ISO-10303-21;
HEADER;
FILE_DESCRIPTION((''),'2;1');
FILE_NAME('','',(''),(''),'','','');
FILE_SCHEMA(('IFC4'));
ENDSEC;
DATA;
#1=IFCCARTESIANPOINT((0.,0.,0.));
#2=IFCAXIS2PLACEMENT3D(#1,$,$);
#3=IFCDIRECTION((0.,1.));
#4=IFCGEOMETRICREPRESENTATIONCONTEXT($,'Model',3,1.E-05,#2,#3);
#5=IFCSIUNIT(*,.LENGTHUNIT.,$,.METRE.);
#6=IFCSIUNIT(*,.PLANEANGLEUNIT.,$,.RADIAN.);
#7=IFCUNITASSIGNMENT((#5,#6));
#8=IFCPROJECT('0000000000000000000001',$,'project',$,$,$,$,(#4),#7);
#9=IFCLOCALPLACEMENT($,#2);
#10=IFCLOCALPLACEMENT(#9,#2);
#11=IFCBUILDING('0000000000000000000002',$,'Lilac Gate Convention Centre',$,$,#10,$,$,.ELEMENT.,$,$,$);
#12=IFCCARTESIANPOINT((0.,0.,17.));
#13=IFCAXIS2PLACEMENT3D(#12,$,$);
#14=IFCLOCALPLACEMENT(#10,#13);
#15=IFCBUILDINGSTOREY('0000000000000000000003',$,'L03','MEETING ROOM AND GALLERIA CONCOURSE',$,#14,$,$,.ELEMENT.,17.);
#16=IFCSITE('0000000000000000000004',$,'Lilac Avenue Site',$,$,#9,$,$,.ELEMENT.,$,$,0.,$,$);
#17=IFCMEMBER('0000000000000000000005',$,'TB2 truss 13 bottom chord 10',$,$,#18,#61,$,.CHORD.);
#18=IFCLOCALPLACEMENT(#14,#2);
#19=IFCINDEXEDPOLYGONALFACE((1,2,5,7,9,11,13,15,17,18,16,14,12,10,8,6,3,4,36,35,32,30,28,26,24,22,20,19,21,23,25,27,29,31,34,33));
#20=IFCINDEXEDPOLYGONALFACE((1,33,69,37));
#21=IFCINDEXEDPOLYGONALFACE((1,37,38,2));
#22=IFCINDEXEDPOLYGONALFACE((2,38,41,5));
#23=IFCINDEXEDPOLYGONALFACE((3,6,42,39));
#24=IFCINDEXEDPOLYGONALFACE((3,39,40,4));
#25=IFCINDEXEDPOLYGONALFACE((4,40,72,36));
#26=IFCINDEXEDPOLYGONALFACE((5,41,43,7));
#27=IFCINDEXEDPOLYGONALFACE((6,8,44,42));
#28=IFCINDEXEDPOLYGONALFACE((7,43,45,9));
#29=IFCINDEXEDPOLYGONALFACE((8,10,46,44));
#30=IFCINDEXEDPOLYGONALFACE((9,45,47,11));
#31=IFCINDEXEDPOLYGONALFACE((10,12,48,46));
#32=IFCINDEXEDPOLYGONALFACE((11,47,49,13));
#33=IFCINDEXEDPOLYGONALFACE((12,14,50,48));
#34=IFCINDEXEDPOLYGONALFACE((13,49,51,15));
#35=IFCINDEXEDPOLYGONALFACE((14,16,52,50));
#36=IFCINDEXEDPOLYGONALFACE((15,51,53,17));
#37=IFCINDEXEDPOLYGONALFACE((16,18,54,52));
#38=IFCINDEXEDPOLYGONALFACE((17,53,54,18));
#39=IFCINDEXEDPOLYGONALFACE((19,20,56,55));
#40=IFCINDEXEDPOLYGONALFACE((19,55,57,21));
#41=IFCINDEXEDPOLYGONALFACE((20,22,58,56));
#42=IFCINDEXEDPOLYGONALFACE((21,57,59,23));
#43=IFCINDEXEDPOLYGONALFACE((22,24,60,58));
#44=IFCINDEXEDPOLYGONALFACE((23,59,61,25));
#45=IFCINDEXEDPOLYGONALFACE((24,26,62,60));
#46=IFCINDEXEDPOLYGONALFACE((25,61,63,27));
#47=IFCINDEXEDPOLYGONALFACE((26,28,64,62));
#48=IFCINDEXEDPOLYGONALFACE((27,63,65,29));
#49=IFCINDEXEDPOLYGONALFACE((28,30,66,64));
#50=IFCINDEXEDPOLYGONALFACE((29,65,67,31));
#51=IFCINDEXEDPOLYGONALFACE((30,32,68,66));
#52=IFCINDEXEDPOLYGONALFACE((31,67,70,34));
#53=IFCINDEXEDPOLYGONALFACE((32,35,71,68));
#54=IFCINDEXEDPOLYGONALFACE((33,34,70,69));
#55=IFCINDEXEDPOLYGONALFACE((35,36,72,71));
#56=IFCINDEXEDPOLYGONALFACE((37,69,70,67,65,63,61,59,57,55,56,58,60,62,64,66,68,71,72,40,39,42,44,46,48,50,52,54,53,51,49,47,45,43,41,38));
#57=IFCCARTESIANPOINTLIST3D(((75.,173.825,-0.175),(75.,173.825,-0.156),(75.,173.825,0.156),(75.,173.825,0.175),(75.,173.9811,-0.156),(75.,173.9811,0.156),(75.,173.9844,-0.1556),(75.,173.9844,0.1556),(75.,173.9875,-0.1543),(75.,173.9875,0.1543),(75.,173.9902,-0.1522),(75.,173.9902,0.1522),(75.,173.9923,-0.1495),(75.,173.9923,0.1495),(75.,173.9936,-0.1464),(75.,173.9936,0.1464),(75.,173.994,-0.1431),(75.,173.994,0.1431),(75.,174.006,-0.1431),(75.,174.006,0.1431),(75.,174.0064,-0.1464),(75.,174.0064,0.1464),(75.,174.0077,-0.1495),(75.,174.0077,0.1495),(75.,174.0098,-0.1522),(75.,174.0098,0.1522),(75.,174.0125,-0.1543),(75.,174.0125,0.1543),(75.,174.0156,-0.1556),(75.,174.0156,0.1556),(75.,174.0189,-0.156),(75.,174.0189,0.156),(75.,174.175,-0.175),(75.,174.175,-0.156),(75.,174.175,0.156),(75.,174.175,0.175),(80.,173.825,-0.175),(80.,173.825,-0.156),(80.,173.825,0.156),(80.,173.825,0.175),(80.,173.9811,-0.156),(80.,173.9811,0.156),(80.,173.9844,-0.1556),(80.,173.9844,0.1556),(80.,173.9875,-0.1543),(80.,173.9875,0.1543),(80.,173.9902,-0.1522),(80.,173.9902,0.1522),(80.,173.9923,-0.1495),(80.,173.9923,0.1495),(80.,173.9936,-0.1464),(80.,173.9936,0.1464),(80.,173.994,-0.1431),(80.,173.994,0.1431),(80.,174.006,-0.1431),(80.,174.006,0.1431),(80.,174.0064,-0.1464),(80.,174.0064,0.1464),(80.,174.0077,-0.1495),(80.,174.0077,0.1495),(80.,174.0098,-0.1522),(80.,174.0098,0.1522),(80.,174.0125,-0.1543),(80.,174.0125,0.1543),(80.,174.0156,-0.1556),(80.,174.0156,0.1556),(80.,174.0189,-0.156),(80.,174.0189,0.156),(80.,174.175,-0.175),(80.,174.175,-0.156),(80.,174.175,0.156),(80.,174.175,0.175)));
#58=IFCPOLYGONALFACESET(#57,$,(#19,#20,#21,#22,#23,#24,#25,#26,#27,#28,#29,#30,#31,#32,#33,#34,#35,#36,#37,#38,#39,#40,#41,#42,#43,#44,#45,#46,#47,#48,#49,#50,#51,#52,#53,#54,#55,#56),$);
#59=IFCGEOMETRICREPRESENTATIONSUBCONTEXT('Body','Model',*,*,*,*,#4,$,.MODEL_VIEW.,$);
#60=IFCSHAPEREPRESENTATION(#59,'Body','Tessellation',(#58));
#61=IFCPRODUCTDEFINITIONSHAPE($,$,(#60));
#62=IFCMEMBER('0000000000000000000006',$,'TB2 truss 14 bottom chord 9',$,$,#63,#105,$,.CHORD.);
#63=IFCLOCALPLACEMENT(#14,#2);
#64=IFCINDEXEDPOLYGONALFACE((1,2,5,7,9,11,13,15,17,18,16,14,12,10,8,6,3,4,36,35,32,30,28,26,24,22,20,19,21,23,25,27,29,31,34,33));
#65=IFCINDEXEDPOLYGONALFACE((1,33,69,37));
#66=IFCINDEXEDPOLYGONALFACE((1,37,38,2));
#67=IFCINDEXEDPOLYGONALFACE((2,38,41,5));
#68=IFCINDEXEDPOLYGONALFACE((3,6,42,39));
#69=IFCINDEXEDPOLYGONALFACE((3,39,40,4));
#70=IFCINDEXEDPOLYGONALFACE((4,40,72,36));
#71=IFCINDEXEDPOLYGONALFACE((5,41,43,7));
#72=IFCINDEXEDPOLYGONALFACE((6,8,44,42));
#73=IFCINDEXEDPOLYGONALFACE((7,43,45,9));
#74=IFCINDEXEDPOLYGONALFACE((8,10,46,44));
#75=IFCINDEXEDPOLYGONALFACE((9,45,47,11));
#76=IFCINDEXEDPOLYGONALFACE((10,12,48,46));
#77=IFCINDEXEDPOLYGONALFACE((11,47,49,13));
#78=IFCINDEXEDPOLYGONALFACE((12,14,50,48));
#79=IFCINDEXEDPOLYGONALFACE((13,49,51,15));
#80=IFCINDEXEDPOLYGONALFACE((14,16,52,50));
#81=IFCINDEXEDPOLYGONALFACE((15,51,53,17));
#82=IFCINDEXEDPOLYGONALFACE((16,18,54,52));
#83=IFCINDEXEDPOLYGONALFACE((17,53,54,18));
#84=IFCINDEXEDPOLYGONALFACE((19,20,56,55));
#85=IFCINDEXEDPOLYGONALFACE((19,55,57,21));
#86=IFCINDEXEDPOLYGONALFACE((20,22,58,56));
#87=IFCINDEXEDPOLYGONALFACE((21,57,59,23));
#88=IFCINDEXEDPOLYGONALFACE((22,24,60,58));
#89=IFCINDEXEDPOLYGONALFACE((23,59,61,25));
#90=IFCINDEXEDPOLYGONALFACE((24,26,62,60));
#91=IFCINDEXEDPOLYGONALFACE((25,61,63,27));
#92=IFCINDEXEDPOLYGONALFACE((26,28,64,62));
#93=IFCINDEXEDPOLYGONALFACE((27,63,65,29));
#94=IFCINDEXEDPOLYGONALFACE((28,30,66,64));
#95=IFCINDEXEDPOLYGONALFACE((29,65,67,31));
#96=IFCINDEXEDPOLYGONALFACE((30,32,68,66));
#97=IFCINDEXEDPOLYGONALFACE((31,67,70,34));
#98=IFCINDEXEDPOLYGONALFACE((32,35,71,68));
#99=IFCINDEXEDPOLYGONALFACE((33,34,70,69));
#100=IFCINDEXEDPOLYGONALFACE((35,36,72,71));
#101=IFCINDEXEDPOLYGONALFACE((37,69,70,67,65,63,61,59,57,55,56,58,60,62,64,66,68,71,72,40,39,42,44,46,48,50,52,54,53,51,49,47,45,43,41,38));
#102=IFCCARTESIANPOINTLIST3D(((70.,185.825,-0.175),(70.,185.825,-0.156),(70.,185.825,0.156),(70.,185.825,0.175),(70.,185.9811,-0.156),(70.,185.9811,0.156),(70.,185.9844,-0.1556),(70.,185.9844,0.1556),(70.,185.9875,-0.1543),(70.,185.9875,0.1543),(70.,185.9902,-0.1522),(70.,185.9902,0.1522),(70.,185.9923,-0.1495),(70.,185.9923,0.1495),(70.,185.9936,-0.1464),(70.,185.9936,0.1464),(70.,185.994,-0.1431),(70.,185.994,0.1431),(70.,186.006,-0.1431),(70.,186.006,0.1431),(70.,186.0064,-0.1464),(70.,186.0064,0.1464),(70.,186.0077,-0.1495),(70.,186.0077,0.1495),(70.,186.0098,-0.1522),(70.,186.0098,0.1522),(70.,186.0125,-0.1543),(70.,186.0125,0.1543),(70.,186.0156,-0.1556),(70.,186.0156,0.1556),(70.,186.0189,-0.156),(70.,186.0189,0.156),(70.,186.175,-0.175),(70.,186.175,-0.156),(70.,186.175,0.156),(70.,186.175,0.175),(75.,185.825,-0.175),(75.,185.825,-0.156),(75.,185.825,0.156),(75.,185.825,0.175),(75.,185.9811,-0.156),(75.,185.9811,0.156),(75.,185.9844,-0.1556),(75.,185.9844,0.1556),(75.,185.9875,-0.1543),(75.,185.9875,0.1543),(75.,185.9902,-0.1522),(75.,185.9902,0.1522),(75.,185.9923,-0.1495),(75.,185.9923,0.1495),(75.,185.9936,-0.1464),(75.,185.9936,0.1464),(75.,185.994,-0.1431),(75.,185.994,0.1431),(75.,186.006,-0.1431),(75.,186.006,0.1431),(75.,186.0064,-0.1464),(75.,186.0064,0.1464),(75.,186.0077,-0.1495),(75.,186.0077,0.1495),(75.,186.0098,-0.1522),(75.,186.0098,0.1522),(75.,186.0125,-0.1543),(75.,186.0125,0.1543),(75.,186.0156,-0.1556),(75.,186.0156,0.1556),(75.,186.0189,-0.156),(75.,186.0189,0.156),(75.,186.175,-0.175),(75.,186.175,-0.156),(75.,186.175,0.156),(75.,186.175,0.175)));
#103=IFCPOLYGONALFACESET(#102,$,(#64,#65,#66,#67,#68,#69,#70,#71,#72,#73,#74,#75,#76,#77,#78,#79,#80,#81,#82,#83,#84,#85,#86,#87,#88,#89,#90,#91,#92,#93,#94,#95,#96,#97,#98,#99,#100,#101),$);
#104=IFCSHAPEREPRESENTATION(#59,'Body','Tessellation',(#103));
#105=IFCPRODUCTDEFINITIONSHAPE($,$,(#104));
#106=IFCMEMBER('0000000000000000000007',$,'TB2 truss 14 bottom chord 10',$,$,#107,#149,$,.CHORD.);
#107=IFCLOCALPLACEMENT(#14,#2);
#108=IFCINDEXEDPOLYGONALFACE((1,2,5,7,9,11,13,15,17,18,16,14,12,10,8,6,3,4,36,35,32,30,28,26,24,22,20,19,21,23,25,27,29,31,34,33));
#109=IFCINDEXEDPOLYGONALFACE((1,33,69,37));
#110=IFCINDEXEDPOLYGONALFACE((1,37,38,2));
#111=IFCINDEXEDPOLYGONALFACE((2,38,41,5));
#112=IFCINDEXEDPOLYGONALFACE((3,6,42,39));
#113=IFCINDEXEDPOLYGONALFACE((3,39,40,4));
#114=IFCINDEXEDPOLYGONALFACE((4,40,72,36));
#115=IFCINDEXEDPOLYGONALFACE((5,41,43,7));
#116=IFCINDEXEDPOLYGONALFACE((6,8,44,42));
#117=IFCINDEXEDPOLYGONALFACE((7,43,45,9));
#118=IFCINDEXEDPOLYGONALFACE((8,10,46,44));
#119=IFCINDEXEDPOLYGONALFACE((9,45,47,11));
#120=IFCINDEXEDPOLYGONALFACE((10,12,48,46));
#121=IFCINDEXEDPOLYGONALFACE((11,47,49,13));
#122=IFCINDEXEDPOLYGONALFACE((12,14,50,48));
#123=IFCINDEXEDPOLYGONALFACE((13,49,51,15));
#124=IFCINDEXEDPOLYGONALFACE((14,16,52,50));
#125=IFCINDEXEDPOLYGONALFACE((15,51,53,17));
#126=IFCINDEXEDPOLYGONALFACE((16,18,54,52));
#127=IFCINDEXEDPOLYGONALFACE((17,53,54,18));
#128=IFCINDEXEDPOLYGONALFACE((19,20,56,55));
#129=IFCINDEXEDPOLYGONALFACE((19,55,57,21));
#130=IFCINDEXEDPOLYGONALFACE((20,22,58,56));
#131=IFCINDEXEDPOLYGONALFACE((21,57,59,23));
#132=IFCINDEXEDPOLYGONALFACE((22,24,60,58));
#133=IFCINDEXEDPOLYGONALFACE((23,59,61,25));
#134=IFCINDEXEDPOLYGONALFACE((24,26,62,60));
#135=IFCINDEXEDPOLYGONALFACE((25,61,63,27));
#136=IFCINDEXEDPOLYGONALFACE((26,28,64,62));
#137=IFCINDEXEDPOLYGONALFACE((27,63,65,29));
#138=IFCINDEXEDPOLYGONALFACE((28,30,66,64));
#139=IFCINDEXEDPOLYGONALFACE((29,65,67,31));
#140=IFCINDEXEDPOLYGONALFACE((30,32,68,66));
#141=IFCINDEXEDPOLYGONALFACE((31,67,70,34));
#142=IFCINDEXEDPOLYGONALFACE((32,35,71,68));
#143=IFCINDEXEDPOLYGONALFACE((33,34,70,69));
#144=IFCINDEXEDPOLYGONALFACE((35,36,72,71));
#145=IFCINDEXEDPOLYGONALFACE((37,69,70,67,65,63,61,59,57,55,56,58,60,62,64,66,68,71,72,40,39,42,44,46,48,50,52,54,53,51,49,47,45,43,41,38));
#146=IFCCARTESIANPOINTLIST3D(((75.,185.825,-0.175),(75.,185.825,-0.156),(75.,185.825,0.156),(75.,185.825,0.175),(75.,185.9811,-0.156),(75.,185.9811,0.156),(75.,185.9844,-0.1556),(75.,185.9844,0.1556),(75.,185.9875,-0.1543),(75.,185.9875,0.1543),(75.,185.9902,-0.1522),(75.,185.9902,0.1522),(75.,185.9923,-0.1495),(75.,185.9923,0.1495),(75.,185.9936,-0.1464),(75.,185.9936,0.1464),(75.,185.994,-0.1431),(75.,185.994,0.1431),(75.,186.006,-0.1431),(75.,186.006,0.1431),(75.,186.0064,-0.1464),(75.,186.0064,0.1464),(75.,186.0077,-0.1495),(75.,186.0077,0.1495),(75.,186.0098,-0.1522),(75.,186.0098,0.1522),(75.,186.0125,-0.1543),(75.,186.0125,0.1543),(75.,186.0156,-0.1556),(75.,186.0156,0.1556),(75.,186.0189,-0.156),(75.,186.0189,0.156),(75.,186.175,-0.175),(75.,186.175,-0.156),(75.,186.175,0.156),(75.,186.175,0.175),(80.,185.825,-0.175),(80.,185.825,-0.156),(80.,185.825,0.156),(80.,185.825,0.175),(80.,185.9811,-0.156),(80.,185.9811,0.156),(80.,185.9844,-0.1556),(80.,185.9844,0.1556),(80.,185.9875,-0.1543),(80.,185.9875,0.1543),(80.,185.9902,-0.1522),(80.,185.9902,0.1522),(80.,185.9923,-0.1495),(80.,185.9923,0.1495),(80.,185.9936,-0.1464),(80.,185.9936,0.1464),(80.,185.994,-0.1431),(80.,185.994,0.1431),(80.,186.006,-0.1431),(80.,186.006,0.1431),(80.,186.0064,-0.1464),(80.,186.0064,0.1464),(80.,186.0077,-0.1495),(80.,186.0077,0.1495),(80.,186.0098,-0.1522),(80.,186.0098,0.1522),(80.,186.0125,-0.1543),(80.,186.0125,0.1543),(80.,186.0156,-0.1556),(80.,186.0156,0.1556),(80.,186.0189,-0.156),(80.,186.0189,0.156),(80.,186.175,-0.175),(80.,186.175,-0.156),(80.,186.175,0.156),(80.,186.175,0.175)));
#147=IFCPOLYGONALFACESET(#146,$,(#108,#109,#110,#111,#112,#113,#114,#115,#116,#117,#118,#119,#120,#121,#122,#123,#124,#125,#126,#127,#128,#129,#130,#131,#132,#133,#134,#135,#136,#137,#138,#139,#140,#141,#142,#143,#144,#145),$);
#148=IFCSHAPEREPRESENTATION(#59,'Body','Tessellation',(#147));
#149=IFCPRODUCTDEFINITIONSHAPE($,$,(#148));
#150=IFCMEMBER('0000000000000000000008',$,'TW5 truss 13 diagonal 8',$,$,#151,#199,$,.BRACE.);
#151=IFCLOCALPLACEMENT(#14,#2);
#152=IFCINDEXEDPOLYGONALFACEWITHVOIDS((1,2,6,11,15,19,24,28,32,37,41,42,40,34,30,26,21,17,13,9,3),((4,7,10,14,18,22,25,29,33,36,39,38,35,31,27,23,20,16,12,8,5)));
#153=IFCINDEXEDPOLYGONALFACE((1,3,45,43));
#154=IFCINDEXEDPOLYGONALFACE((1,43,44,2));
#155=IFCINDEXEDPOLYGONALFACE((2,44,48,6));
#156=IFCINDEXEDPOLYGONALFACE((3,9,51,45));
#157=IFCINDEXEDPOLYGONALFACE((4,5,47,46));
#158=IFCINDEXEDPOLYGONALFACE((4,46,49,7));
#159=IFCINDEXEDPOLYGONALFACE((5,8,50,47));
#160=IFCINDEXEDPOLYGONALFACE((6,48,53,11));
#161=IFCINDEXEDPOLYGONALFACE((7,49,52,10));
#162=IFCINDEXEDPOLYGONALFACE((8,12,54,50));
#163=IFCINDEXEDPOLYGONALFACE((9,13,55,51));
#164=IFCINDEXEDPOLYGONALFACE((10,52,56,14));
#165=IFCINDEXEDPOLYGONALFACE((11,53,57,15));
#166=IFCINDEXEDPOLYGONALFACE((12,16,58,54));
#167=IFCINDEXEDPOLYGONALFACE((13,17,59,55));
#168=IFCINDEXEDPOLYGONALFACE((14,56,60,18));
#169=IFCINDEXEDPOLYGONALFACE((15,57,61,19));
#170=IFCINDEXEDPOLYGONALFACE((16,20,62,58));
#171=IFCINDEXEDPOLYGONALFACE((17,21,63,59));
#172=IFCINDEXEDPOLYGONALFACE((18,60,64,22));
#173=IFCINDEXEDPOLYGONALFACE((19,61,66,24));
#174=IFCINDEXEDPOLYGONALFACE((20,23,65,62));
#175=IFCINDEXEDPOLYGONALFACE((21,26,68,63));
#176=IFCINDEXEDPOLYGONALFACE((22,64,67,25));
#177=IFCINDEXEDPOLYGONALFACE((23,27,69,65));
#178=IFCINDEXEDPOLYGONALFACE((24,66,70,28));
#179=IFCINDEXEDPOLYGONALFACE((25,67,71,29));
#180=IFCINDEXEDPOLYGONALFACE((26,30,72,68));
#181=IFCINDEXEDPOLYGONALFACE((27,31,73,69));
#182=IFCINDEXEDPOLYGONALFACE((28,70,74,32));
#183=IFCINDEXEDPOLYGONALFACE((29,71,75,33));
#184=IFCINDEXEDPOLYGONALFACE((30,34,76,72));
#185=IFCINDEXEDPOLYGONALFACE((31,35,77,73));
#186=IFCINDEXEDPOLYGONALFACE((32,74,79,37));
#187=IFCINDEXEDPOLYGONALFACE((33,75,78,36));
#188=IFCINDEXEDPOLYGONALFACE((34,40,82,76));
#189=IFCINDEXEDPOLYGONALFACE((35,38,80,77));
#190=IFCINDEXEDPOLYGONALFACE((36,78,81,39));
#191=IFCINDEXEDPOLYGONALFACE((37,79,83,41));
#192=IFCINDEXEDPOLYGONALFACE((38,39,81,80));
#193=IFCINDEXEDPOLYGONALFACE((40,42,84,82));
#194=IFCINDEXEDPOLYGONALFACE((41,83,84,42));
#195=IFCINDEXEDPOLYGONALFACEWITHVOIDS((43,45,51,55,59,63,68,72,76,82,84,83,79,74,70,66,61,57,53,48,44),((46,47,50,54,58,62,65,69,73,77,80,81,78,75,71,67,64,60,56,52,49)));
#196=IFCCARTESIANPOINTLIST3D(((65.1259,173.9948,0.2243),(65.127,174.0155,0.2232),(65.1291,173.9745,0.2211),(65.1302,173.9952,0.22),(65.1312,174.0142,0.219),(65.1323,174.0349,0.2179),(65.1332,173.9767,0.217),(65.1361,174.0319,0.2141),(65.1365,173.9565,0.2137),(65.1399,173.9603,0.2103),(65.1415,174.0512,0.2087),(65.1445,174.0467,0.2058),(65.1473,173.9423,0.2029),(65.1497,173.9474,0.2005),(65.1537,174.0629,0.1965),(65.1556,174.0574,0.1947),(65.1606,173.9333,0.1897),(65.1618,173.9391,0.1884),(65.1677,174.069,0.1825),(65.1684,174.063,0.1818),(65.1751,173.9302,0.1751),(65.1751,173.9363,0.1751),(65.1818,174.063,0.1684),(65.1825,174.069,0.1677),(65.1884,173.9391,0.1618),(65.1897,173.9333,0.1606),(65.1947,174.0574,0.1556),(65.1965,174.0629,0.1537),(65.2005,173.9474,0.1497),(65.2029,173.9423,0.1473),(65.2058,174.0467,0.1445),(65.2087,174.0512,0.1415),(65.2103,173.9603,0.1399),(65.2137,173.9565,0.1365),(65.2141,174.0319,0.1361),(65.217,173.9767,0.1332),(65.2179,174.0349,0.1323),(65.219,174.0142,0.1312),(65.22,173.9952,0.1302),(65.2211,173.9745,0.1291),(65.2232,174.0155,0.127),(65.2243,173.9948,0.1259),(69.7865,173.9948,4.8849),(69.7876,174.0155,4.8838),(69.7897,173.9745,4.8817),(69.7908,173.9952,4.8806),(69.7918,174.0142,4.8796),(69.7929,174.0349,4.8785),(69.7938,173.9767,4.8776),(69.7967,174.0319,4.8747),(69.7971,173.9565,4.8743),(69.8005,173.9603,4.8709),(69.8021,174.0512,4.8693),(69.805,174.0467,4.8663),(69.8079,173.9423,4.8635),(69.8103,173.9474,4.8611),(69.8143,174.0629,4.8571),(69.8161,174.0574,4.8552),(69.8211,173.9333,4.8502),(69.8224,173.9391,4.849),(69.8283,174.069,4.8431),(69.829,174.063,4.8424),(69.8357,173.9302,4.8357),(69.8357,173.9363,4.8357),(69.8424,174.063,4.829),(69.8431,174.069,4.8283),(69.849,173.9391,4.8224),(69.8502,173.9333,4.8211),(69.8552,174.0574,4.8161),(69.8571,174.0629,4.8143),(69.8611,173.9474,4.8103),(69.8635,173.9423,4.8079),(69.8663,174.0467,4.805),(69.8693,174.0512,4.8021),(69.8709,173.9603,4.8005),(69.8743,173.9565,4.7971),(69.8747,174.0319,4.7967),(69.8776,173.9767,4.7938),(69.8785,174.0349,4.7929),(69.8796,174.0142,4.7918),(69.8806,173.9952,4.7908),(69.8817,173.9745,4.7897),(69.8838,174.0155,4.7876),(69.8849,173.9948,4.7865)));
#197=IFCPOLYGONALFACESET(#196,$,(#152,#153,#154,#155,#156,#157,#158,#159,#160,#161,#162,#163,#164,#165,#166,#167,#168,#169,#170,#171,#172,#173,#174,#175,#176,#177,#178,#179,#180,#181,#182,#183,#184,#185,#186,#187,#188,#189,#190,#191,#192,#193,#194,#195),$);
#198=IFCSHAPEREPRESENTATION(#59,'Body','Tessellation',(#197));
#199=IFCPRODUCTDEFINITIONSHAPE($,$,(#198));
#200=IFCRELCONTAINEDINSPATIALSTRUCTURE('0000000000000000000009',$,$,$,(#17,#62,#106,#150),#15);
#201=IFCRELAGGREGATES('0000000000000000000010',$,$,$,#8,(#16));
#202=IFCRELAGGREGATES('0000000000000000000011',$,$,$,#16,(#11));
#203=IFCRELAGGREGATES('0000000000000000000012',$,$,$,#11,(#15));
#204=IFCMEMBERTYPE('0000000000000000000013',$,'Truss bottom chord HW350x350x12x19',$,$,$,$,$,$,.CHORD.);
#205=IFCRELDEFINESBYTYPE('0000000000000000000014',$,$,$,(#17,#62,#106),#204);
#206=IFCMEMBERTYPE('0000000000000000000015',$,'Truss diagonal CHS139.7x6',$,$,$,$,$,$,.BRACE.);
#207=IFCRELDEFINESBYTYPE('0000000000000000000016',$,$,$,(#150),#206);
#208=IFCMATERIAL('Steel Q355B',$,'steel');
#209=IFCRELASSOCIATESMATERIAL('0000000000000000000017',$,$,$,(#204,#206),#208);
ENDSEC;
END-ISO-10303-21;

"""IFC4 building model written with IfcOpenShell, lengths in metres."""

from ifc_helpers import new_model, si_unit, direction, frame, origin, origin_2d, place, context, subcontext, project, spatial, hollow_circle, i_section, extrude, material, material_profile, profile_set, type_object, element, save


model = new_model("IFC4")

# Units and contexts
model_context = context("Model", 3, precision=1e-05, world=origin(), true_north=direction((0.0, 1.0)))
body_context = subcontext(model_context, "Body", "Model", "MODEL_VIEW")
ifc_project = project(units=[si_unit("LENGTHUNIT", "METRE"), si_unit("PLANEANGLEUNIT", "RADIAN")], contexts=[model_context])

# Site, building, storey
site_placement = place(None, origin())
site = spatial("IfcSite", under=ifc_project, at=site_placement, Name="Lilac Avenue Site", CompositionType="ELEMENT", RefElevation=0.0)
building_placement = place(site_placement, origin())
building = spatial("IfcBuilding", under=site, at=building_placement, Name="Lilac Gate Convention Centre", CompositionType="ELEMENT")
storey_placement = place(building_placement, frame((0.0, 0.0, 17.0)))
storey = spatial("IfcBuildingStorey", under=building, at=storey_placement, Name="L03", Description="MEETING ROOM AND GALLERIA CONCOURSE", CompositionType="ELEMENT", Elevation=17.0)

# Members
ifc_material = material(Name="Steel Q355B", Category="steel")
ifc_material_profile_1 = material_profile(ifc_material, i_section(OverallWidth=0.3501, OverallDepth=0.3501, WebThickness=0.012, FlangeThickness=0.019, FilletRadius=0.0129, at=origin_2d()), Name="HW350x350x12x19")
ifc_profile_set_1 = profile_set([ifc_material_profile_1], Name="Steel Q355B")
member_type_1 = type_object("IfcMemberType", Name="Truss bottom chord HW350x350x12x19", PredefinedType="CHORD", material=ifc_profile_set_1)
for number, where, z_axis, x_axis, name in (
    (1, (75.0, 174.0, 0.0), (1.0, 0.0, 0.0), (0.0, 1.0, 0.0), "TB2 truss 13 bottom chord 10"),
    (2, (70.0, 186.0, 0.0), (1.0, 0.0, 0.0), (0.0, 1.0, 0.0), "TB2 truss 14 bottom chord 9"),
    (3, (75.0, 186.0, 0.0), (1.0, 0.0, 0.0), (0.0, 1.0, 0.0), "TB2 truss 14 bottom chord 10"),
):
    element("IfcMember", number, at=place(storey_placement, frame(where, z_axis=z_axis, x_axis=x_axis)), inside=storey, type_object=member_type_1, Name=name, PredefinedType="CHORD", context=body_context, shape_type="SweptSolid", body=[
        extrude(i_section(OverallWidth=0.3501, OverallDepth=0.3501, WebThickness=0.012, FlangeThickness=0.019, FilletRadius=0.0129, at=origin_2d()), origin(), (0.0, 0.0, 1.0), 5.0),
    ])
ifc_material_profile_2 = material_profile(ifc_material, hollow_circle(Radius=0.0698, WallThickness=0.0061, at=origin_2d()), Name="CHS139.7x6")
ifc_profile_set_2 = profile_set([ifc_material_profile_2], Name="Steel Q355B")
member_type_2 = type_object("IfcMemberType", Name="Truss diagonal CHS139.7x6", PredefinedType="BRACE", material=ifc_profile_set_2)
for number, where, z_axis, x_axis, name in (
    (4, (69.8357, 174.0, 4.8357), (-0.707107, 0.0, -0.707107), (0.0, -1.0, 0.0), "TW5 truss 13 diagonal 8"),
):
    element("IfcMember", number, at=place(storey_placement, frame(where, z_axis=z_axis, x_axis=x_axis)), inside=storey, type_object=member_type_2, Name=name, PredefinedType="BRACE", context=body_context, shape_type="SweptSolid", body=[
        extrude(hollow_circle(Radius=0.0698, WallThickness=0.0061, at=origin_2d()), origin(), (0.0, 0.0, 1.0), 6.5911),
    ])

save(model, "model.ifc")
